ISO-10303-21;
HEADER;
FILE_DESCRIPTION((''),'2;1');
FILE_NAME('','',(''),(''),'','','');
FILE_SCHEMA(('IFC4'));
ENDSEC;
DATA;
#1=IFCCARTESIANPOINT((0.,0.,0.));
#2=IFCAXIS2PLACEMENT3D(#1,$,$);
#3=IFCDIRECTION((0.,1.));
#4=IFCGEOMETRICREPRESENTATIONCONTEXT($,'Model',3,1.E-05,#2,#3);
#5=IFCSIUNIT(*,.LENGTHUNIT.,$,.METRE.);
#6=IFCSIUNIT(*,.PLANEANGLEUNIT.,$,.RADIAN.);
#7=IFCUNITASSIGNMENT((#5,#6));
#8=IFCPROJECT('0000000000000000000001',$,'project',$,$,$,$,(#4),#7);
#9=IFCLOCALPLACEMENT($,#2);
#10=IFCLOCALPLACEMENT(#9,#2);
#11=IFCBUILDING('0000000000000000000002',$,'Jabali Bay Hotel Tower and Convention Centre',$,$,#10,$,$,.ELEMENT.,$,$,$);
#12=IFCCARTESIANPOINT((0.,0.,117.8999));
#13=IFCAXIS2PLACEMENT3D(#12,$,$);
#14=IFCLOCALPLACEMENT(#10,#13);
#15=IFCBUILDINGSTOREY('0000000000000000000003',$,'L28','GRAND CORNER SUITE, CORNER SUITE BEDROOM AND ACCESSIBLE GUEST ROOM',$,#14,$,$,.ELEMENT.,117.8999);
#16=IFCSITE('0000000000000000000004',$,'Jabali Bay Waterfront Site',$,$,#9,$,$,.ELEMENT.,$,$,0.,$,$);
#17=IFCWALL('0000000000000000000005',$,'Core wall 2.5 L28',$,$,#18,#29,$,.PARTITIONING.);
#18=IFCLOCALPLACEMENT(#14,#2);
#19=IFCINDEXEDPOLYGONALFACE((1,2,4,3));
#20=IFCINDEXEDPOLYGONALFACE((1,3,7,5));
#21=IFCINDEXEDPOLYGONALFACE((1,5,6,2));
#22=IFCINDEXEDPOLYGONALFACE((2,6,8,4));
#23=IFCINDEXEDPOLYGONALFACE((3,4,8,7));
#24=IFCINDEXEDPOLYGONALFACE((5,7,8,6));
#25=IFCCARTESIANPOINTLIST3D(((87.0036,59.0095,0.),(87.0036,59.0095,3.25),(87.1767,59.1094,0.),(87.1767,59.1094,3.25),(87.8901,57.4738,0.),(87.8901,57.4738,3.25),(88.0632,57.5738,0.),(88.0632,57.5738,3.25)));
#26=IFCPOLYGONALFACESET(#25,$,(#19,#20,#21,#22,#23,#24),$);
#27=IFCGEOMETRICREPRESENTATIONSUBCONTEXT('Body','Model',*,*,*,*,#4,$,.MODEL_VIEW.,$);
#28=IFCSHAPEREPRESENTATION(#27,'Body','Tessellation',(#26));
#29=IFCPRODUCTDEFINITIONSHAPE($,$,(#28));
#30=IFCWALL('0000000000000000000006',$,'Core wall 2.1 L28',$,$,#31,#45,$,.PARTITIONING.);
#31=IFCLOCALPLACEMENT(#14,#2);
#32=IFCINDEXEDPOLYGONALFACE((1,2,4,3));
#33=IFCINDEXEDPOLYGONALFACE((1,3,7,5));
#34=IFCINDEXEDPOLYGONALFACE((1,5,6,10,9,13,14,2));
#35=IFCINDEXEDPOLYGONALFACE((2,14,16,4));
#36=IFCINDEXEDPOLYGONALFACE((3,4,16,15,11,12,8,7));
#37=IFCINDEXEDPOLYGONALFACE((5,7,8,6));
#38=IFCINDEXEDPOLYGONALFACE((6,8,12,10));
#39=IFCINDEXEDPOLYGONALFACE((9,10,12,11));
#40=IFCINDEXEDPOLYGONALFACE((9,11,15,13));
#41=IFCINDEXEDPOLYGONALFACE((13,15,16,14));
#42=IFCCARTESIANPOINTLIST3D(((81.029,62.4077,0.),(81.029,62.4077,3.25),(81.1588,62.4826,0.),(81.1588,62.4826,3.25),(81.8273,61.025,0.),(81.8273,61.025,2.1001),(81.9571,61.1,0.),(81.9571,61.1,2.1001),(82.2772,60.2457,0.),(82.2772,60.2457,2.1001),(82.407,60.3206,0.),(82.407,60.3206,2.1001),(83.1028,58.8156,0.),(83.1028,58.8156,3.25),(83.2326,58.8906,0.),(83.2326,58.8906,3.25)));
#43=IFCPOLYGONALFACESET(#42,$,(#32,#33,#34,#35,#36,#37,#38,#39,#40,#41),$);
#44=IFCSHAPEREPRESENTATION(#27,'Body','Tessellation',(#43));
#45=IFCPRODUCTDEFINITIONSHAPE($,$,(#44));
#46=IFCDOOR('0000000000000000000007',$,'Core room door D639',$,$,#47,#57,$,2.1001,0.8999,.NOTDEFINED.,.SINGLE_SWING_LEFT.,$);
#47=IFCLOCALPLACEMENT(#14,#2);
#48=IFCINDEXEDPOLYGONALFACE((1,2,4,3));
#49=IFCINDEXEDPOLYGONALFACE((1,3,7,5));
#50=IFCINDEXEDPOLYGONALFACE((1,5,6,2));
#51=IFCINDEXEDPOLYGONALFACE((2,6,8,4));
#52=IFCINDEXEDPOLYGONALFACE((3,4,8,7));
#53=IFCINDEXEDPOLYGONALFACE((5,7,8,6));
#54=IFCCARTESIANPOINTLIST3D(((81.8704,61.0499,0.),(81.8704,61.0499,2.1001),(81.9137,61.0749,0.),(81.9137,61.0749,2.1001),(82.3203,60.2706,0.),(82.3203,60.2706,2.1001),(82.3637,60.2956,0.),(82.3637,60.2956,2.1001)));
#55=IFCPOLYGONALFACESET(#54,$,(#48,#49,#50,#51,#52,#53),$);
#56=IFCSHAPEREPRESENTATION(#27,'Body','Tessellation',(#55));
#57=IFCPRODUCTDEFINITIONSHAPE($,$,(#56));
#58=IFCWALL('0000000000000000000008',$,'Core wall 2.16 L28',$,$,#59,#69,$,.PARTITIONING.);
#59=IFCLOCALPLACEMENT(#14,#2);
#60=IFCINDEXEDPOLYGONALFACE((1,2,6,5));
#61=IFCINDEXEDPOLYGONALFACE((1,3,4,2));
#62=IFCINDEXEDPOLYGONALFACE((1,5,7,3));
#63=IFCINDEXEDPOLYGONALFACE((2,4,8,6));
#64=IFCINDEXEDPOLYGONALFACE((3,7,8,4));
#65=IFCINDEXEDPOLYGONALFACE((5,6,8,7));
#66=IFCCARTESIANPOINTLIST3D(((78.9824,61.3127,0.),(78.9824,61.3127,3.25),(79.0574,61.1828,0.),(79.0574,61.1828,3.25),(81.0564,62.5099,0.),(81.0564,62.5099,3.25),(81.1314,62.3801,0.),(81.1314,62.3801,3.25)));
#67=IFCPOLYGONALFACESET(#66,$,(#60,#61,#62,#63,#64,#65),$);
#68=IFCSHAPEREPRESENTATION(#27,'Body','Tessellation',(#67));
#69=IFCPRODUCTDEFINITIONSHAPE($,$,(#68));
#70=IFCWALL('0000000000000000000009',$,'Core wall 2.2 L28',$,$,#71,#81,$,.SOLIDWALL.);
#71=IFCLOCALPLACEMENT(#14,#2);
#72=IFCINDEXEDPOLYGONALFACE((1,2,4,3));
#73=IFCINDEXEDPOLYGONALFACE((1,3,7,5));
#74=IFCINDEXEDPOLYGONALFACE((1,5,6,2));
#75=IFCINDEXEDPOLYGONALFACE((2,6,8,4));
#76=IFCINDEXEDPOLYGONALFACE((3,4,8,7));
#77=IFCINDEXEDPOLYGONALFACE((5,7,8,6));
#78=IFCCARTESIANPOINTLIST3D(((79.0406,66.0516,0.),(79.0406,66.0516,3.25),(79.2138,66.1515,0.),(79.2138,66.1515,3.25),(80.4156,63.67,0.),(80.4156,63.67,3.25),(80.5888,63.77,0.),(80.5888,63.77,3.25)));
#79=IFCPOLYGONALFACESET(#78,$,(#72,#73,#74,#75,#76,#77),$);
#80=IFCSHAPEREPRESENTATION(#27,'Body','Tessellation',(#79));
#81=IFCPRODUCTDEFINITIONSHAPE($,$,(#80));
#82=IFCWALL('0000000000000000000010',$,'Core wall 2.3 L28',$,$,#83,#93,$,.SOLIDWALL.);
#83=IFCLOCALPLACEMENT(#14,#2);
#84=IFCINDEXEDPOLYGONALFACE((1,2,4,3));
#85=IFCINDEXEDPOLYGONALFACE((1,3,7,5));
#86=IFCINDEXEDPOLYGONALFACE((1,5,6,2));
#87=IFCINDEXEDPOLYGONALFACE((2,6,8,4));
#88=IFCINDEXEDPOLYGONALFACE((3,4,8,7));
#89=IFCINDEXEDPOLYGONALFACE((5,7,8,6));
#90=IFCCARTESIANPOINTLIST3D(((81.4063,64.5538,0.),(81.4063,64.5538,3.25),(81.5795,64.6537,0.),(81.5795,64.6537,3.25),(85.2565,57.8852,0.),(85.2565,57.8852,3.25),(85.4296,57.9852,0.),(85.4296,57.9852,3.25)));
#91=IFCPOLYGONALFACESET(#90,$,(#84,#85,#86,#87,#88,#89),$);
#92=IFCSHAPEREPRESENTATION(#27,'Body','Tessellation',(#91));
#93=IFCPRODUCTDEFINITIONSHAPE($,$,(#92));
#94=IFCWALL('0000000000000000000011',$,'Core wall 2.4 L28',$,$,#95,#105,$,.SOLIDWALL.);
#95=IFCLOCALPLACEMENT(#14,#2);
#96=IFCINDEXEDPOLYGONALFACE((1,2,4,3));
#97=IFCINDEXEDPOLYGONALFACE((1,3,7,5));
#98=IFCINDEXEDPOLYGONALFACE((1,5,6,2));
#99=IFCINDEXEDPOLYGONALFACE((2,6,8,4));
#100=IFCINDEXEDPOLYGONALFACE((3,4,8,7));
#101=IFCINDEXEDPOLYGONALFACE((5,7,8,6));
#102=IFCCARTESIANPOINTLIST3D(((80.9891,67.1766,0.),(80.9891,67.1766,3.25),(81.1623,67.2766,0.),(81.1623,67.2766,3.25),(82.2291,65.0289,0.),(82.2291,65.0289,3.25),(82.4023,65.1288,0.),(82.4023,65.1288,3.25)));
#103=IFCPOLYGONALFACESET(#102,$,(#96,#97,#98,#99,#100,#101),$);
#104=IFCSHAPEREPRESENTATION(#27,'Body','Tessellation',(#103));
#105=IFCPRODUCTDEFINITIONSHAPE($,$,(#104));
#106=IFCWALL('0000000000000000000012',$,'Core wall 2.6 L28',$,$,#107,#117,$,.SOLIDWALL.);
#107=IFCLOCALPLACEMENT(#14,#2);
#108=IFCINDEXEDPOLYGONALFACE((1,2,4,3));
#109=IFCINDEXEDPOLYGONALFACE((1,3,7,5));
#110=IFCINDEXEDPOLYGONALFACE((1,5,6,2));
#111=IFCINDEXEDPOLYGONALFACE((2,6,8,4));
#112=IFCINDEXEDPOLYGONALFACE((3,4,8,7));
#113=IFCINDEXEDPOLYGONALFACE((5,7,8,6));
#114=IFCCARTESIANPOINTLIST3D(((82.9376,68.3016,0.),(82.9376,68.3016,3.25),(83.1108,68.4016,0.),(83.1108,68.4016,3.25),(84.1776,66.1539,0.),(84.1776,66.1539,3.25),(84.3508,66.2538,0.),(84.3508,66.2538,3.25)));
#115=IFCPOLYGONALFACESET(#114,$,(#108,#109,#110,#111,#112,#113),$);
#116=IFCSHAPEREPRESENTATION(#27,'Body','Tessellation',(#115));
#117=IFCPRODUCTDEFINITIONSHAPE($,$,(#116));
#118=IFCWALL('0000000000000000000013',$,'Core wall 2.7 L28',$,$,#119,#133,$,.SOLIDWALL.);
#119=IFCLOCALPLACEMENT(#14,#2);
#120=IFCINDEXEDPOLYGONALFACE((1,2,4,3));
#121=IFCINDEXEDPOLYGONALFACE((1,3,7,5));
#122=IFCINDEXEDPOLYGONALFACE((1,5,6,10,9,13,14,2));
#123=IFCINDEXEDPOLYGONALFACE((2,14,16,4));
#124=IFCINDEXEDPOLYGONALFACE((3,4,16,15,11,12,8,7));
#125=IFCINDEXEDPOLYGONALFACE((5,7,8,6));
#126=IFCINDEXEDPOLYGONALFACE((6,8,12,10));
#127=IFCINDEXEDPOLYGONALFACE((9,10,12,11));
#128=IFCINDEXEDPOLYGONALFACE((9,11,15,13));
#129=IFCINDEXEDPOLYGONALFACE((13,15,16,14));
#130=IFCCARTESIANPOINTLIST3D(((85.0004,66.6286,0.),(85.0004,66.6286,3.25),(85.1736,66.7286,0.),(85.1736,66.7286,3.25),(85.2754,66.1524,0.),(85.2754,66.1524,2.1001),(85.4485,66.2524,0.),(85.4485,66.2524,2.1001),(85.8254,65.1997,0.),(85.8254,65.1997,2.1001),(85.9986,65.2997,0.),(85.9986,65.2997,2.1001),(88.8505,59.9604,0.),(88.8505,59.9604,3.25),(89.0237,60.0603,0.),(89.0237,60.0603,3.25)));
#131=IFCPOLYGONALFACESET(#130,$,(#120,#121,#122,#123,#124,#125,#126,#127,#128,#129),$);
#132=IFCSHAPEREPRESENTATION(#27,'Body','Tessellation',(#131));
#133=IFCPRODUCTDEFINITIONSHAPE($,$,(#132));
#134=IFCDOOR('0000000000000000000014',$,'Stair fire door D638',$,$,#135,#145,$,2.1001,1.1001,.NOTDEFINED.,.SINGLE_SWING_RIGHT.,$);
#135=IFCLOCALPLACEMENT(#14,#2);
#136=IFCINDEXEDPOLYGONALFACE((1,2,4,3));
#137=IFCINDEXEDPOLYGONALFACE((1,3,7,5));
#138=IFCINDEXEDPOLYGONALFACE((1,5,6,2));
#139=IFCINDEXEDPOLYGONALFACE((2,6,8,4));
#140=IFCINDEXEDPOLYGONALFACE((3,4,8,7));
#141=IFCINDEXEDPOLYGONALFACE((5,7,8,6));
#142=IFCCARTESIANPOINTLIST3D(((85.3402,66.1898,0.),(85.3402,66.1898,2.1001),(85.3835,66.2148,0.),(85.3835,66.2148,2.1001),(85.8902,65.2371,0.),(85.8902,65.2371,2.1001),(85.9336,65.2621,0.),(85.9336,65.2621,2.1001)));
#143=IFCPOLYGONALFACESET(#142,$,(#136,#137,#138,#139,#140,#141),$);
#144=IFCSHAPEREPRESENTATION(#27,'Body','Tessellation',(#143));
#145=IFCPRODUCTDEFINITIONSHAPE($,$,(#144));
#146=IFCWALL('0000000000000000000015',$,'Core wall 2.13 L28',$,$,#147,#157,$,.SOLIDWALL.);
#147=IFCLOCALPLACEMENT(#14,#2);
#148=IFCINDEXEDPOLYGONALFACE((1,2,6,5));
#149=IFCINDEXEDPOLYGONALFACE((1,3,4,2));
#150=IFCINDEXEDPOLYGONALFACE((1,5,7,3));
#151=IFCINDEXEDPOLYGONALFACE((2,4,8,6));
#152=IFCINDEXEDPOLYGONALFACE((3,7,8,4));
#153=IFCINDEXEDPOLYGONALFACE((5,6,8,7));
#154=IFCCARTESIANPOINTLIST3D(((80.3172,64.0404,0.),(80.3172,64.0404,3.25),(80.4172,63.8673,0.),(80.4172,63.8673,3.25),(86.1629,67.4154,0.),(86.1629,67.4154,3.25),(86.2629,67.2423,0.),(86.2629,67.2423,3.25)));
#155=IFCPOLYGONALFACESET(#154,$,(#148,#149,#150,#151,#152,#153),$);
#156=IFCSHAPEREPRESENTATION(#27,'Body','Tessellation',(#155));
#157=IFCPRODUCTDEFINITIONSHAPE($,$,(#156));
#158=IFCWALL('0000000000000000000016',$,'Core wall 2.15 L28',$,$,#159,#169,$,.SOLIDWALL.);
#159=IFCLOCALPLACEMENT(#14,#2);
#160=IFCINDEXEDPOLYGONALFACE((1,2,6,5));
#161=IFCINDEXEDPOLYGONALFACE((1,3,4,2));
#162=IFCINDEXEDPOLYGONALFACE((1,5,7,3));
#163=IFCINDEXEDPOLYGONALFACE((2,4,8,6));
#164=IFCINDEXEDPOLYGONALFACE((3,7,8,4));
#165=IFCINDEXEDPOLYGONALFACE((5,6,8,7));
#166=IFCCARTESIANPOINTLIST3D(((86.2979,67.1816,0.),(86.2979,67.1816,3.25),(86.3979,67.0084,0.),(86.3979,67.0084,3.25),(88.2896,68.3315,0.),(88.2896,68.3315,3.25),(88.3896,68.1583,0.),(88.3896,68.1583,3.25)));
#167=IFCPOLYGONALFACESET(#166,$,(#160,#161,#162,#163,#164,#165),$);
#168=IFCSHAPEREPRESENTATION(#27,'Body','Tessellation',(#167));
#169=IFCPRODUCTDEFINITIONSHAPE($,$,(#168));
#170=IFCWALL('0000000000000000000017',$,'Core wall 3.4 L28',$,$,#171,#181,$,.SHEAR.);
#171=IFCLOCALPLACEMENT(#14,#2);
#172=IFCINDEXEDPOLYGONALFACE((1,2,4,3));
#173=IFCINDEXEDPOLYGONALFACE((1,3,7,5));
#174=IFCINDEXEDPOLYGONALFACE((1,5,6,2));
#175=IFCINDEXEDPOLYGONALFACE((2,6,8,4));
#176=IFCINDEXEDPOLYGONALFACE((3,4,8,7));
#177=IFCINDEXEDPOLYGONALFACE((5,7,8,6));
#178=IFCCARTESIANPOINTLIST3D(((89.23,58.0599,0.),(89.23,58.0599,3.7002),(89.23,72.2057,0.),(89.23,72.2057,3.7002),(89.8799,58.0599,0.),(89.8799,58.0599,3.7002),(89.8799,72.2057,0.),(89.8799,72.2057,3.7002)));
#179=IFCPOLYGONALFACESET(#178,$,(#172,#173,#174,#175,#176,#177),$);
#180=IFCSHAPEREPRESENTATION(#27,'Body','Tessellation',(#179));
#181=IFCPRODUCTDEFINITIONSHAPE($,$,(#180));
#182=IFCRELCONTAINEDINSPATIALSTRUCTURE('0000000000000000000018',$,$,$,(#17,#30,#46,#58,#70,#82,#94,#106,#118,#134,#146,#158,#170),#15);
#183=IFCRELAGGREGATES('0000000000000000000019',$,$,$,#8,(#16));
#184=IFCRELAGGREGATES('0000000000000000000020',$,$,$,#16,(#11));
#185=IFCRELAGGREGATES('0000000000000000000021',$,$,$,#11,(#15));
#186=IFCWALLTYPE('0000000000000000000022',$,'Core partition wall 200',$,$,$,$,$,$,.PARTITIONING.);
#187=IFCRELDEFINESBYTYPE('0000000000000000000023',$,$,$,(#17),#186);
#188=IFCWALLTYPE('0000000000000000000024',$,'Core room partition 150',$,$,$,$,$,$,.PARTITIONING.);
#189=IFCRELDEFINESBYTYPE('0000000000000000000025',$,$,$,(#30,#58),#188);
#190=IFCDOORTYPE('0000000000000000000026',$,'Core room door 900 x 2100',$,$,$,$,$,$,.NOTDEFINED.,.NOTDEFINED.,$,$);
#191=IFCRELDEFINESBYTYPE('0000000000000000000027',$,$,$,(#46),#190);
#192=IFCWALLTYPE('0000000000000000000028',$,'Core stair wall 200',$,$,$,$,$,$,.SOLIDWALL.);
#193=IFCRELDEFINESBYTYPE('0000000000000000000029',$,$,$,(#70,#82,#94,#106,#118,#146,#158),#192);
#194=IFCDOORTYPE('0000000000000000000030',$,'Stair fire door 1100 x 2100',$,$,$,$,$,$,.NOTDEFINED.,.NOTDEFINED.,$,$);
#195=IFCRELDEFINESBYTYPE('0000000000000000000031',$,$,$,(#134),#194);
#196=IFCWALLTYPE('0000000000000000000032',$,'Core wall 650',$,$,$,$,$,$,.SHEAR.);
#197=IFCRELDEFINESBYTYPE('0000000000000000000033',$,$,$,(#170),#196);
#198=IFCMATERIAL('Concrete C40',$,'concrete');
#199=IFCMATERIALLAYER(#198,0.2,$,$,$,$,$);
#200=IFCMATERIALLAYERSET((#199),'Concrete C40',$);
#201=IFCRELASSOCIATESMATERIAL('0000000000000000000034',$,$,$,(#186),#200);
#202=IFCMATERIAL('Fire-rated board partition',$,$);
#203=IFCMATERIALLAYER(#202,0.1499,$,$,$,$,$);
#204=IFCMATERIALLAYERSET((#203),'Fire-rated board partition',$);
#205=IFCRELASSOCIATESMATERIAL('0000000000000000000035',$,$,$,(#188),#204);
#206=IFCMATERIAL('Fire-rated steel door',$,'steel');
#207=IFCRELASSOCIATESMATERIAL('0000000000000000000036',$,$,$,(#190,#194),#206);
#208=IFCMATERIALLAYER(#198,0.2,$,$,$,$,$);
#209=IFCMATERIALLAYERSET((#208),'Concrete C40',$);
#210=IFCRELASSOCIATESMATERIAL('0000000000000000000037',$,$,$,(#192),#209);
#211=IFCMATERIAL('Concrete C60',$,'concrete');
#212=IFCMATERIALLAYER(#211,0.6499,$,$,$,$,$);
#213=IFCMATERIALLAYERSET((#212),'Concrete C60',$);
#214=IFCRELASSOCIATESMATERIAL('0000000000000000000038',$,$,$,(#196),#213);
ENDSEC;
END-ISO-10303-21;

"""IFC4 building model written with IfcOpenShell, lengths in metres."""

from ifc_helpers import new_model, si_unit, direction, frame, frame_2d, origin, place, context, subcontext, project, spatial, rectangle, extrude, material, layer, layer_set, type_object, element, fill, save


model = new_model("IFC4")

# Units and contexts
model_context = context("Model", 3, precision=1e-05, world=origin(), true_north=direction((0.0, 1.0)))
body_context = subcontext(model_context, "Body", "Model", "MODEL_VIEW")
ifc_project = project(units=[si_unit("LENGTHUNIT", "METRE"), si_unit("PLANEANGLEUNIT", "RADIAN")], contexts=[model_context])

# Site, building, storey
site_placement = place(None, origin())
site = spatial("IfcSite", under=ifc_project, at=site_placement, Name="Jabali Bay Waterfront Site", CompositionType="ELEMENT", RefElevation=0.0)
building_placement = place(site_placement, origin())
building = spatial("IfcBuilding", under=site, at=building_placement, Name="Jabali Bay Hotel Tower and Convention Centre", CompositionType="ELEMENT")
storey_placement = place(building_placement, frame((0.0, 0.0, 117.8999)))
storey = spatial("IfcBuildingStorey", under=building, at=storey_placement, Name="L28", Description="GRAND CORNER SUITE, CORNER SUITE BEDROOM AND ACCESSIBLE GUEST ROOM", CompositionType="ELEMENT", Elevation=117.8999)

# Wall
ifc_material_1 = material(Name="Concrete C40", Category="concrete")
ifc_layer_1 = layer(ifc_material_1, 0.2)
ifc_layer_set_1 = layer_set([ifc_layer_1], Name="Concrete C40")
wall_type_1 = type_object("IfcWallType", Name="Core partition wall 200", PredefinedType="PARTITIONING", material=ifc_layer_set_1)
wall_1_placement = place(storey_placement, frame((87.0901, 59.0596, 0.0), z_axis=(0.0, 0.0, 1.0), x_axis=(0.499945, -0.866057, 0.0)))
element("IfcWall", 1, at=wall_1_placement, inside=storey, type_object=wall_type_1, Name="Core wall 2.5 L28", PredefinedType="PARTITIONING", context=body_context, shape_type="SweptSolid", body=[
    extrude(rectangle(XDim=1.7732, YDim=0.2, at=frame_2d((0.8867, 0.0))), origin(), (0.0, 0.0, 1.0), 3.25),
])

# Wall, opening, door
ifc_material_2 = material(Name="Fire-rated board partition")
ifc_layer_2 = layer(ifc_material_2, 0.1499)
ifc_layer_set_2 = layer_set([ifc_layer_2], Name="Fire-rated board partition")
wall_type_2 = type_object("IfcWallType", Name="Core room partition 150", PredefinedType="PARTITIONING", material=ifc_layer_set_2)
wall_2_placement = place(storey_placement, frame((81.094, 62.4451, 0.0), z_axis=(0.0, 0.0, 1.0), x_axis=(0.499976, -0.86604, 0.0)))
wall_2 = element("IfcWall", 2, at=wall_2_placement, inside=storey, type_object=wall_type_2, Name="Core wall 2.1 L28", PredefinedType="PARTITIONING", context=body_context, shape_type="SweptSolid", body=[
    extrude(rectangle(XDim=4.1477, YDim=0.1499, at=frame_2d((2.0737, 0.0))), origin(), (0.0, 0.0, 1.0), 3.25),
])
opening_1_placement = place(wall_2_placement, frame((1.5964, 0.0, 0.0)))
opening_1 = element("IfcOpeningElement", 3, at=opening_1_placement, cuts=wall_2, PredefinedType="OPENING", context=body_context, shape_type="SweptSolid", body=[
    extrude(rectangle(XDim=0.8999, YDim=2.1001, at=frame_2d((0.45, 1.05))), frame((0.0, 0.0854, 0.0), z_axis=(0.0, -1.0, 0.0), x_axis=(1.0, 0.0, 0.0)), (0.0, 0.0, 1.0), 0.1709),
])
ifc_material_3 = material(Name="Fire-rated steel door", Category="steel")
door_type_1 = type_object("IfcDoorType", Name="Core room door 900 x 2100", OperationType="NOTDEFINED", PredefinedType="NOTDEFINED", material=ifc_material_3)
door_1_placement = place(opening_1_placement, origin())
door_1 = element("IfcDoor", 4, at=door_1_placement, inside=storey, type_object=door_type_1, Name="Core room door D639", OperationType="SINGLE_SWING_LEFT", OverallHeight=2.1001, OverallWidth=0.8999, PredefinedType="NOTDEFINED", context=body_context, shape_type="SweptSolid", body=[
    extrude(rectangle(XDim=0.8999, YDim=2.1001, at=frame_2d((0.45, 1.05))), frame((0.0, 0.0249, 0.0), z_axis=(0.0, -1.0, 0.0), x_axis=(1.0, 0.0, 0.0)), (0.0, 0.0, 1.0), 0.05),
])
fill(opening_1, door_1)

# Walls
wall_3_placement = place(storey_placement, frame((79.02, 61.2478, 0.0), z_axis=(0.0, 0.0, 1.0), x_axis=(0.866051, 0.499955, 0.0)))
element("IfcWall", 5, at=wall_3_placement, inside=storey, type_object=wall_type_2, Name="Core wall 2.16 L28", PredefinedType="PARTITIONING", context=body_context, shape_type="SweptSolid", body=[
    extrude(rectangle(XDim=2.3948, YDim=0.1499, at=frame_2d((1.1973, 0.0))), origin(), (0.0, 0.0, 1.0), 3.25),
])
ifc_layer_3 = layer(ifc_material_1, 0.2)
ifc_layer_set_3 = layer_set([ifc_layer_3], Name="Concrete C40")
wall_type_3 = type_object("IfcWallType", Name="Core stair wall 200", PredefinedType="SOLIDWALL", material=ifc_layer_set_3)
wall_4_placement = place(storey_placement, frame((79.1272, 66.1016, 0.0), z_axis=(0.0, 0.0, 1.0), x_axis=(0.499997, -0.866027, 0.0)))
element("IfcWall", 6, at=wall_4_placement, inside=storey, type_object=wall_type_3, Name="Core wall 2.2 L28", PredefinedType="SOLIDWALL", context=body_context, shape_type="SweptSolid", body=[
    extrude(rectangle(XDim=2.75, YDim=0.2, at=frame_2d((1.375, 0.0))), origin(), (0.0, 0.0, 1.0), 3.25),
])
wall_5_placement = place(storey_placement, frame((81.4929, 64.6038, 0.0), z_axis=(0.0, 0.0, 1.0), x_axis=(0.500006, -0.866022, 0.0)))
element("IfcWall", 7, at=wall_5_placement, inside=storey, type_object=wall_type_3, Name="Core wall 2.3 L28", PredefinedType="SOLIDWALL", context=body_context, shape_type="SweptSolid", body=[
    extrude(rectangle(XDim=7.7002, YDim=0.2, at=frame_2d((3.8501, 0.0))), origin(), (0.0, 0.0, 1.0), 3.25),
])
for number, where, z_axis, x_axis, name in (
    (8, (81.0757, 67.2266, 0.0), (0.0, 0.0, 1.0), (0.500004, -0.866023, 0.0), "Core wall 2.4 L28"),
    (9, (83.0242, 68.3516, 0.0), (0.0, 0.0, 1.0), (0.500004, -0.866023, 0.0), "Core wall 2.6 L28"),
):
    element("IfcWall", number, at=place(storey_placement, frame(where, z_axis=z_axis, x_axis=x_axis)), inside=storey, type_object=wall_type_3, Name=name, PredefinedType="SOLIDWALL", context=body_context, shape_type="SweptSolid", body=[
        extrude(rectangle(XDim=2.48, YDim=0.2, at=frame_2d((1.24, 0.0))), origin(), (0.0, 0.0, 1.0), 3.25),
    ])

# Wall, opening, door
wall_6_placement = place(storey_placement, frame((85.0869, 66.6787, 0.0), z_axis=(0.0, 0.0, 1.0), x_axis=(0.50002, -0.866014, 0.0)))
wall_6 = element("IfcWall", 10, at=wall_6_placement, inside=storey, type_object=wall_type_3, Name="Core wall 2.7 L28", PredefinedType="SOLIDWALL", context=body_context, shape_type="SweptSolid", body=[
    extrude(rectangle(XDim=7.7, YDim=0.2, at=frame_2d((3.8501, 0.0))), origin(), (0.0, 0.0, 1.0), 3.25),
])
opening_2_placement = place(wall_6_placement, frame((0.55, 0.0, 0.0)))
opening_2 = element("IfcOpeningElement", 11, at=opening_2_placement, cuts=wall_6, PredefinedType="OPENING", context=body_context, shape_type="SweptSolid", body=[
    extrude(rectangle(XDim=1.1001, YDim=2.1001, at=frame_2d((0.55, 1.05))), frame((0.0, 0.1104, 0.0), z_axis=(0.0, -1.0, 0.0), x_axis=(1.0, 0.0, 0.0)), (0.0, 0.0, 1.0), 0.2209),
])
door_type_2 = type_object("IfcDoorType", Name="Stair fire door 1100 x 2100", OperationType="NOTDEFINED", PredefinedType="NOTDEFINED", material=ifc_material_3)
door_2_placement = place(opening_2_placement, origin())
door_2 = element("IfcDoor", 12, at=door_2_placement, inside=storey, type_object=door_type_2, Name="Stair fire door D638", OperationType="SINGLE_SWING_RIGHT", OverallHeight=2.1001, OverallWidth=1.1001, PredefinedType="NOTDEFINED", context=body_context, shape_type="SweptSolid", body=[
    extrude(rectangle(XDim=1.1001, YDim=2.1001, at=frame_2d((0.55, 1.05))), frame((0.0, 0.0249, 0.0), z_axis=(0.0, -1.0, 0.0), x_axis=(1.0, 0.0, 0.0)), (0.0, 0.0, 1.0), 0.05),
])
fill(opening_2, door_2)

# Walls
wall_7_placement = place(storey_placement, frame((80.3672, 63.9539, 0.0), z_axis=(0.0, 0.0, 1.0), x_axis=(0.866027, 0.499998, 0.0)))
element("IfcWall", 13, at=wall_7_placement, inside=storey, type_object=wall_type_3, Name="Core wall 2.13 L28", PredefinedType="SOLIDWALL", context=body_context, shape_type="SweptSolid", body=[
    extrude(rectangle(XDim=6.75, YDim=0.2, at=frame_2d((3.375, 0.0))), origin(), (0.0, 0.0, 1.0), 3.25),
])
wall_8_placement = place(storey_placement, frame((86.3479, 67.095, 0.0), z_axis=(0.0, 0.0, 1.0), x_axis=(0.866026, 0.499998, 0.0)))
element("IfcWall", 14, at=wall_8_placement, inside=storey, type_object=wall_type_3, Name="Core wall 2.15 L28", PredefinedType="SOLIDWALL", context=body_context, shape_type="SweptSolid", body=[
    extrude(rectangle(XDim=2.2998, YDim=0.2, at=frame_2d((1.1499, 0.0))), origin(), (0.0, 0.0, 1.0), 3.25),
])
ifc_material_4 = material(Name="Concrete C60", Category="concrete")
ifc_layer_4 = layer(ifc_material_4, 0.6499)
ifc_layer_set_4 = layer_set([ifc_layer_4], Name="Concrete C60")
wall_type_4 = type_object("IfcWallType", Name="Core wall 650", PredefinedType="SHEAR", material=ifc_layer_set_4)
wall_9_placement = place(storey_placement, frame((89.5549, 58.0601, 0.0), z_axis=(0.0, 0.0, 1.0), x_axis=(0.0, 1.0, 0.0)))
element("IfcWall", 15, at=wall_9_placement, inside=storey, type_object=wall_type_4, Name="Core wall 3.4 L28", PredefinedType="SHEAR", context=body_context, shape_type="SweptSolid", body=[
    extrude(rectangle(XDim=14.1458, YDim=0.6499, at=frame_2d((7.0728, 0.0))), origin(), (0.0, 0.0, 1.0), 3.7002),
])

save(model, "model.ifc")
